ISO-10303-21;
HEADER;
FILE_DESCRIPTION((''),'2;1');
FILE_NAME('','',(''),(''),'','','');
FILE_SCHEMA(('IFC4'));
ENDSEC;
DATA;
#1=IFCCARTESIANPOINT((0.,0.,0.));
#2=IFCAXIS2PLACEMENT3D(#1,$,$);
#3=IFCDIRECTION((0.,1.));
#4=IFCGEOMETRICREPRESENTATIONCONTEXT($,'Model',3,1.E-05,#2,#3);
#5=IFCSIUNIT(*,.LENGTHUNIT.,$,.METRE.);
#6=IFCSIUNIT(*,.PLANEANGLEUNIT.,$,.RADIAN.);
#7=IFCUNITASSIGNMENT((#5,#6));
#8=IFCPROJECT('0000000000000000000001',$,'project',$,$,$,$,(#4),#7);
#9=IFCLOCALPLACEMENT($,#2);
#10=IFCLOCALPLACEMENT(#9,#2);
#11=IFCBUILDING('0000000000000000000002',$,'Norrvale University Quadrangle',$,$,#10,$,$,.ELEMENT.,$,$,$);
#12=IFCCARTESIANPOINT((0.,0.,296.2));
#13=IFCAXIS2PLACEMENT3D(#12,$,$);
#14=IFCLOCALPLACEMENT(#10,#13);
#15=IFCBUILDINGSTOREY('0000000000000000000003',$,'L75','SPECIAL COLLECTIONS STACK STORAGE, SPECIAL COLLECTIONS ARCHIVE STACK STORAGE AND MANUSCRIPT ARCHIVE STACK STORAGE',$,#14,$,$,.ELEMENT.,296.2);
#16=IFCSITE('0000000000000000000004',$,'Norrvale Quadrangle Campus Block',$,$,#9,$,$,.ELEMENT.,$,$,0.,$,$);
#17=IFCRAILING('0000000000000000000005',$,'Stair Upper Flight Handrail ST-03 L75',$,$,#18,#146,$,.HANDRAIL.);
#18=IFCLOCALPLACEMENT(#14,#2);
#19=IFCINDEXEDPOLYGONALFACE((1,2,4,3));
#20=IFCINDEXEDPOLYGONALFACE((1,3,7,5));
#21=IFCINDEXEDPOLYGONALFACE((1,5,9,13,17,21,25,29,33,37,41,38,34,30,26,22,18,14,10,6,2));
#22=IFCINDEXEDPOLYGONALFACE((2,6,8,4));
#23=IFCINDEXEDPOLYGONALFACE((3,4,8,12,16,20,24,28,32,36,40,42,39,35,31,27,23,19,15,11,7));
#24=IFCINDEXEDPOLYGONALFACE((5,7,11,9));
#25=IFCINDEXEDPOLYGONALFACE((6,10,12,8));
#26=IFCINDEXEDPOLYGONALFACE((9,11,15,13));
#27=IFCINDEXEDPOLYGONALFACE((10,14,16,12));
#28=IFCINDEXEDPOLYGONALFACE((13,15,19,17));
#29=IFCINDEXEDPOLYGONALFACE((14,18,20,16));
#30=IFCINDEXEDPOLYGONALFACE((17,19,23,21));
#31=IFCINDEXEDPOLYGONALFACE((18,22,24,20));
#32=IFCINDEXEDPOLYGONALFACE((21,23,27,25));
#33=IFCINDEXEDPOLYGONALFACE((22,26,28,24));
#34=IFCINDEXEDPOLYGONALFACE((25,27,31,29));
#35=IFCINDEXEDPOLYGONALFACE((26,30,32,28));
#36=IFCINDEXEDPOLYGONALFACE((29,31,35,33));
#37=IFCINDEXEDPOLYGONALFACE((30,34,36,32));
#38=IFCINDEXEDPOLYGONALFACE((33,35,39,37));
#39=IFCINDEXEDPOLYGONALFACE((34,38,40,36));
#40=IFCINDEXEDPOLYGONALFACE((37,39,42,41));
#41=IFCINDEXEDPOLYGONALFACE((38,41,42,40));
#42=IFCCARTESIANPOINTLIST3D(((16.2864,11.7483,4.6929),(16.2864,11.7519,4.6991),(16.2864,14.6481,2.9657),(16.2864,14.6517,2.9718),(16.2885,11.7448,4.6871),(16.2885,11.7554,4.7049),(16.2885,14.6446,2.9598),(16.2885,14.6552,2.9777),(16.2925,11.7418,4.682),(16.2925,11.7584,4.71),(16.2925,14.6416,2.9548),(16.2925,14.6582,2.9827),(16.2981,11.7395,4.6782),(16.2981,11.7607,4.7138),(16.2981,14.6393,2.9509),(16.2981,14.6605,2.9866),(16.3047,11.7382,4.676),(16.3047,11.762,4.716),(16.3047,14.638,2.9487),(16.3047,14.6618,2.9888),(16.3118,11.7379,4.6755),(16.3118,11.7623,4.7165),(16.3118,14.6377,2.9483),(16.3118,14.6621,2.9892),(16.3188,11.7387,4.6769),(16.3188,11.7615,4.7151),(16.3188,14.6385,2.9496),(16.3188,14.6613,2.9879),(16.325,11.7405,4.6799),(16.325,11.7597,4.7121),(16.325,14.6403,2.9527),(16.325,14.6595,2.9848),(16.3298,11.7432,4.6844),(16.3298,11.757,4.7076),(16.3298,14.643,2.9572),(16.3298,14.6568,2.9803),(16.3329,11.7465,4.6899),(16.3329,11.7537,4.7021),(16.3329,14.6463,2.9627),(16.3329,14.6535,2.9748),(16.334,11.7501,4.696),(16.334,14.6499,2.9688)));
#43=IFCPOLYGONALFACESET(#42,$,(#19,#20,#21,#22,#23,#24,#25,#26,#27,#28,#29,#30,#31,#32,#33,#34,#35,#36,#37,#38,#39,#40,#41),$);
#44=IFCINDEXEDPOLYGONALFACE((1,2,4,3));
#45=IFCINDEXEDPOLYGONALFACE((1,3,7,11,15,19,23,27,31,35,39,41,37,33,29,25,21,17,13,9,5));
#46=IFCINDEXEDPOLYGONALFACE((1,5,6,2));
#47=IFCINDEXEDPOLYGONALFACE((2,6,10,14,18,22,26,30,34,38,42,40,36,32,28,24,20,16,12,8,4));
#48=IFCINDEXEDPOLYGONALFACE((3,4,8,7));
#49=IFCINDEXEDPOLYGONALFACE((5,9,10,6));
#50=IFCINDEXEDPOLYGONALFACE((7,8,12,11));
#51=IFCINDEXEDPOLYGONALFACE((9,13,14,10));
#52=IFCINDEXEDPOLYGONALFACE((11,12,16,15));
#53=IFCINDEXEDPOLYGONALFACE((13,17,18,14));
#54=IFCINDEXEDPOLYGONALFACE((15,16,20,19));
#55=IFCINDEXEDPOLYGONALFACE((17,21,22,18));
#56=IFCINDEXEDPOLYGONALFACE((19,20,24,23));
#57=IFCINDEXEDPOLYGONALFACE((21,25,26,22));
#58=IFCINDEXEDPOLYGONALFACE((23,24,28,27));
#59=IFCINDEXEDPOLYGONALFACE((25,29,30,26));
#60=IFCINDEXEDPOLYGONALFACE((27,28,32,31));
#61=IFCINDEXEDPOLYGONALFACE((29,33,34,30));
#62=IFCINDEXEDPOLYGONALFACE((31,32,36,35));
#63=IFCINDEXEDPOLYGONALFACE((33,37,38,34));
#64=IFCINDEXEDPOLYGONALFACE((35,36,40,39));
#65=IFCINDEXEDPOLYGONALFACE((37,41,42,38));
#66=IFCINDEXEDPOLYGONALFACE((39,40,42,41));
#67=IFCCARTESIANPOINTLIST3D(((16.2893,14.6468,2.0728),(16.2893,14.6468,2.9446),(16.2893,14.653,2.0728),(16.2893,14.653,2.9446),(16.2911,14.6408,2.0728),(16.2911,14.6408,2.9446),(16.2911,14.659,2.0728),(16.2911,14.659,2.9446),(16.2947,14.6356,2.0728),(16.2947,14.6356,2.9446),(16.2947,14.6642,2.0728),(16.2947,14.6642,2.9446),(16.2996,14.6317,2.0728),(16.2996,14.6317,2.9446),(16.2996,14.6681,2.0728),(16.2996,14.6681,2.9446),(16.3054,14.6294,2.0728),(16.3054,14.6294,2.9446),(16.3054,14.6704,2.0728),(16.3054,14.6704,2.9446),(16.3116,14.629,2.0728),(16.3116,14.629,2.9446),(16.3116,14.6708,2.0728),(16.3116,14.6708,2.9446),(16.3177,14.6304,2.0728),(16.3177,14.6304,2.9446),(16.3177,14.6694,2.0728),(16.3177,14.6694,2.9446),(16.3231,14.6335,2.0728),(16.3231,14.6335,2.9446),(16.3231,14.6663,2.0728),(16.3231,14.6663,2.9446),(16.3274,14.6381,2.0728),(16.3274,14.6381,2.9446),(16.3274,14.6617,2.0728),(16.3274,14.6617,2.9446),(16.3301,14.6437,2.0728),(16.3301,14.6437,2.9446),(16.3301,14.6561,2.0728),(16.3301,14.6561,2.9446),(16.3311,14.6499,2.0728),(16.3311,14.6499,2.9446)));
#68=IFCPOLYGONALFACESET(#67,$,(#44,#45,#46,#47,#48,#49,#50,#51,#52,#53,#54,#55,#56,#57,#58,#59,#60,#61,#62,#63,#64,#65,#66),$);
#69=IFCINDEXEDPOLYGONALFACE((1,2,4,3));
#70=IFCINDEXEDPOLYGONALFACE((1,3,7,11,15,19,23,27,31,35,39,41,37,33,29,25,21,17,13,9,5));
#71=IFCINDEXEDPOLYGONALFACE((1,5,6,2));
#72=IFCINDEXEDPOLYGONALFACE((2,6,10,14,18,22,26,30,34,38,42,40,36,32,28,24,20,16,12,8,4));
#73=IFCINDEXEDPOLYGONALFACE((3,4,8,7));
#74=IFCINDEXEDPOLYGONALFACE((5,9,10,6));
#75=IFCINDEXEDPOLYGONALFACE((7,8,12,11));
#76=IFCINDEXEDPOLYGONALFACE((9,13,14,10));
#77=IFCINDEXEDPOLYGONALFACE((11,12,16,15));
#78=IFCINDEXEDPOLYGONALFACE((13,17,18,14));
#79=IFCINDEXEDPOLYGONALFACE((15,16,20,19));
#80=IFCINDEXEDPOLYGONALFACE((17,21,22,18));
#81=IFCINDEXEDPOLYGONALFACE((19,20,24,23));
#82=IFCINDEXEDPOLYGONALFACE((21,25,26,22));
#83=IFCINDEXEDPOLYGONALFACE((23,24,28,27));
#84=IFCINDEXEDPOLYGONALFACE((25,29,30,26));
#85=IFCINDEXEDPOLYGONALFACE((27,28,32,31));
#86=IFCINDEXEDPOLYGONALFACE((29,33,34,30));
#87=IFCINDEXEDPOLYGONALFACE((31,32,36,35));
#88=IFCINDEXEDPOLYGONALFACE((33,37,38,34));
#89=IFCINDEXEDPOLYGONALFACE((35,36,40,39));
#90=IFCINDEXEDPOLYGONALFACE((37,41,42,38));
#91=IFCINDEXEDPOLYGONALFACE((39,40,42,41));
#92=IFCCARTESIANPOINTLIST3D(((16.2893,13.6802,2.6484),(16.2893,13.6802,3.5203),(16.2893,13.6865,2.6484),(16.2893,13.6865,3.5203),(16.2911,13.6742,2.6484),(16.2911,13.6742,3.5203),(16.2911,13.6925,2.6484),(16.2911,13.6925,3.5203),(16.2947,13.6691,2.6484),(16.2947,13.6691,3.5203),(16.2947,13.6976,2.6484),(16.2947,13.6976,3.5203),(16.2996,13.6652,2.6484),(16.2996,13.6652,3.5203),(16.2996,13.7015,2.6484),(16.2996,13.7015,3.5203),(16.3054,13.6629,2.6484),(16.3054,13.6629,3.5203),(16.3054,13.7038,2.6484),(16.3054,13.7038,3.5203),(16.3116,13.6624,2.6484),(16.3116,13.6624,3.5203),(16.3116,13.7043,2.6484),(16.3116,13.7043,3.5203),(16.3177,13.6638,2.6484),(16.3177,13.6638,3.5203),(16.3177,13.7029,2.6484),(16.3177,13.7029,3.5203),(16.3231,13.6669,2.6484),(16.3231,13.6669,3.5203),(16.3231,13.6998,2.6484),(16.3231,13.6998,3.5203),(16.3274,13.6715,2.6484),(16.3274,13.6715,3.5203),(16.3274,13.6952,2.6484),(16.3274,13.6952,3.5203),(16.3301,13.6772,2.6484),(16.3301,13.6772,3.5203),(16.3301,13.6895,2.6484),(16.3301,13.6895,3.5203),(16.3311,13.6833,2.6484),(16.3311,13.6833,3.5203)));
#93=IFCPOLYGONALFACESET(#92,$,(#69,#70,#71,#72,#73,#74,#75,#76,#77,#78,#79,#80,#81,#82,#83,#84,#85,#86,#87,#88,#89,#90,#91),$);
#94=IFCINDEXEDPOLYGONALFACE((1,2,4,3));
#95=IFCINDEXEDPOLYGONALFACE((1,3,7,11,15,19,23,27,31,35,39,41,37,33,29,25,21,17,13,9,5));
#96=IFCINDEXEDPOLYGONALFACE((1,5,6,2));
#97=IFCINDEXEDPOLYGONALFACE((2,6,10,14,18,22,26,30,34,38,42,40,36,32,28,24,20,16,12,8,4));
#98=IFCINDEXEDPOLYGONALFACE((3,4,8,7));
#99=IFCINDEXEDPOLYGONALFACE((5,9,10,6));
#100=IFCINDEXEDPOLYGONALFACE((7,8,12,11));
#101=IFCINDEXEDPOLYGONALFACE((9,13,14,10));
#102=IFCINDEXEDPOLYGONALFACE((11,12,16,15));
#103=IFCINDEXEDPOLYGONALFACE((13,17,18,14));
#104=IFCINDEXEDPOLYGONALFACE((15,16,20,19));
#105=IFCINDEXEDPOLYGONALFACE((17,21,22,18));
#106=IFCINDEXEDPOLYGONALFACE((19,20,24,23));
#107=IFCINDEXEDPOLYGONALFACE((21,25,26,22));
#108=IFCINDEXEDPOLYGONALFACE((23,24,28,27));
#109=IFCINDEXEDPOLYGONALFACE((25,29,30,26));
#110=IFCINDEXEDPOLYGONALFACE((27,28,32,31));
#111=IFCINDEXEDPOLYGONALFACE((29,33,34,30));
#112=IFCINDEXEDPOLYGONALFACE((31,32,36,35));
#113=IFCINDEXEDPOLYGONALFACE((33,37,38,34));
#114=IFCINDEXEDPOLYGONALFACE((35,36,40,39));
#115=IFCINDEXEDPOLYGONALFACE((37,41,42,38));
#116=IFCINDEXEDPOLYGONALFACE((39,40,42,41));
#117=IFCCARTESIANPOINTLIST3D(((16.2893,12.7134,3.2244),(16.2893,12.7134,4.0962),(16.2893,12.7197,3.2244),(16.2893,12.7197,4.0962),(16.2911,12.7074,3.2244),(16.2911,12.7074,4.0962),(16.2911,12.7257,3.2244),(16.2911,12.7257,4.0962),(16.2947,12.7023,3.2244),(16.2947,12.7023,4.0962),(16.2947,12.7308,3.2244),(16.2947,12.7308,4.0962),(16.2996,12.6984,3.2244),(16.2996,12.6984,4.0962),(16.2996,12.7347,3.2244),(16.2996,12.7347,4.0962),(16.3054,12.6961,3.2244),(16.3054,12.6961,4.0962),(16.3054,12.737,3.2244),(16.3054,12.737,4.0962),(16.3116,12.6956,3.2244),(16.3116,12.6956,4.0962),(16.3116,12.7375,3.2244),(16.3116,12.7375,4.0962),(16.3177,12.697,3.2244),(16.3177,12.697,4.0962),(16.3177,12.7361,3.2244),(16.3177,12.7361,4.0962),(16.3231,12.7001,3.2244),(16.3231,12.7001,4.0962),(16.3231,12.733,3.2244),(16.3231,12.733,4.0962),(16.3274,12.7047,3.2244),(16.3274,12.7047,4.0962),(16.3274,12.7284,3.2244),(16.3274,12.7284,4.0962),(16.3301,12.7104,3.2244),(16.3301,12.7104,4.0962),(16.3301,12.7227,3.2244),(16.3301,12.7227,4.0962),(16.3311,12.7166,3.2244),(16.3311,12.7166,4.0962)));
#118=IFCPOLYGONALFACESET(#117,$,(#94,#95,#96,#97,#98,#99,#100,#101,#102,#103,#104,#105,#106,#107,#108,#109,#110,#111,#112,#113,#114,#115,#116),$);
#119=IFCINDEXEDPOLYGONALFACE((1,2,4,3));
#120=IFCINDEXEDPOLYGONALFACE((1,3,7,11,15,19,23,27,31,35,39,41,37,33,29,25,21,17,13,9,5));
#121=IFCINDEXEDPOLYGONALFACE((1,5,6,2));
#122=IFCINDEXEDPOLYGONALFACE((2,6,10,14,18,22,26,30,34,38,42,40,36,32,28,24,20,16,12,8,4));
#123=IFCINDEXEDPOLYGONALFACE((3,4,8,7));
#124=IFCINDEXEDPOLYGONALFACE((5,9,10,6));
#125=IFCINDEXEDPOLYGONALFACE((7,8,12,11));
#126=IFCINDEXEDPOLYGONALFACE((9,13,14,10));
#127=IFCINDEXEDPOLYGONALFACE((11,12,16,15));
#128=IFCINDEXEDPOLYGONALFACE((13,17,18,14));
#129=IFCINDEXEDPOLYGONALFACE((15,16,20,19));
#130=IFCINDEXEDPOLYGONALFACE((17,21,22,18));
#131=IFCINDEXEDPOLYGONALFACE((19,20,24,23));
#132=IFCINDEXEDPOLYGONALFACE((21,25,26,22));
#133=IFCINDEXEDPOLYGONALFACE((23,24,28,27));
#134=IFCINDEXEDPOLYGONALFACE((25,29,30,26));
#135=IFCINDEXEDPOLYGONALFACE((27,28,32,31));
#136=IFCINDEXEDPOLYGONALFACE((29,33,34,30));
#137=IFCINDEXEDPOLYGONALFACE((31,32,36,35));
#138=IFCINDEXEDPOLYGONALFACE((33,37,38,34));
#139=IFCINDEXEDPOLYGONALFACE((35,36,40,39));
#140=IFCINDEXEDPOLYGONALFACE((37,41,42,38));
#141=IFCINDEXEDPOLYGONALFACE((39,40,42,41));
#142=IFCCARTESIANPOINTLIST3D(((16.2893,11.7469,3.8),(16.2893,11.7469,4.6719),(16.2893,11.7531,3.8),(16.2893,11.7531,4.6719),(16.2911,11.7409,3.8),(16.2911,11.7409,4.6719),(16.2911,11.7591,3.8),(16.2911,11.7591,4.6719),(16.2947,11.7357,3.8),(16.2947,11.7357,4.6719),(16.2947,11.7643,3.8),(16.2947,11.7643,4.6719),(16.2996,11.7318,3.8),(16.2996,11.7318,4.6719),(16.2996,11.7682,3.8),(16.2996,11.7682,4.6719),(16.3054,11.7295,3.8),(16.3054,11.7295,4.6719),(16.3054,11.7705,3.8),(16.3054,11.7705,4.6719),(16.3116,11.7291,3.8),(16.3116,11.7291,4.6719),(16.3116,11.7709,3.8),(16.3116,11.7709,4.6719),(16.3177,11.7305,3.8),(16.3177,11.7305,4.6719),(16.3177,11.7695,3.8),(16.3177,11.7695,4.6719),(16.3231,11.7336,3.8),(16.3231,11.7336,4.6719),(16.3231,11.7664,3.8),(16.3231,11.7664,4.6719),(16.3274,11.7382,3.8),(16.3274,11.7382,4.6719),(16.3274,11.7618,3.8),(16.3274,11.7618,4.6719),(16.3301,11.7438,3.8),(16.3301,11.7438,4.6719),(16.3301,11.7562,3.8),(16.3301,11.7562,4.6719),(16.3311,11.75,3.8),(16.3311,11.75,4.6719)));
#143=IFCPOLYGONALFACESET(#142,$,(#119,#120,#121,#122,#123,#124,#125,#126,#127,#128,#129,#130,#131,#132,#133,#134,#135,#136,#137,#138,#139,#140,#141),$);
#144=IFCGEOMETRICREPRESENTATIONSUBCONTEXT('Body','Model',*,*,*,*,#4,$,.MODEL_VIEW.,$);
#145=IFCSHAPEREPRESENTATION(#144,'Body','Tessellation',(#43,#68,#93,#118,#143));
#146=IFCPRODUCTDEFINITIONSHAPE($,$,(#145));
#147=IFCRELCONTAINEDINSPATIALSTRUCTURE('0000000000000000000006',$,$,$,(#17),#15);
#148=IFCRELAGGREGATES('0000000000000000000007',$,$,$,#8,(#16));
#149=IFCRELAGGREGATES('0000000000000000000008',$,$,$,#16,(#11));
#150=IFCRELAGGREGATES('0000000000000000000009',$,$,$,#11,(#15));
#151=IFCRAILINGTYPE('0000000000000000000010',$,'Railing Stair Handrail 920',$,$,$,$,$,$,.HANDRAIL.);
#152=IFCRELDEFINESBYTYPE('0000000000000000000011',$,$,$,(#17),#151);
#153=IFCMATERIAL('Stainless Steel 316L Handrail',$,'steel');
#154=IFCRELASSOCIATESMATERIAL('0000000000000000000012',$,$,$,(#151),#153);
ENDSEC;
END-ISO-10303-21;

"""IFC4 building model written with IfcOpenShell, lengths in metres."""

from ifc_helpers import new_model, si_unit, direction, frame, origin, origin_2d, place, context, subcontext, project, spatial, circle, extrude, material, type_object, element, save


model = new_model("IFC4")

# Units and contexts
model_context = context("Model", 3, precision=1e-05, world=origin(), true_north=direction((0.0, 1.0)))
body_context = subcontext(model_context, "Body", "Model", "MODEL_VIEW")
ifc_project = project(units=[si_unit("LENGTHUNIT", "METRE"), si_unit("PLANEANGLEUNIT", "RADIAN")], contexts=[model_context])

# Site, building, storey
site_placement = place(None, origin())
site = spatial("IfcSite", under=ifc_project, at=site_placement, Name="Norrvale Quadrangle Campus Block", CompositionType="ELEMENT", RefElevation=0.0)
building_placement = place(site_placement, origin())
building = spatial("IfcBuilding", under=site, at=building_placement, Name="Norrvale University Quadrangle", CompositionType="ELEMENT")
storey_placement = place(building_placement, frame((0.0, 0.0, 296.2)))
storey = spatial("IfcBuildingStorey", under=building, at=storey_placement, Name="L75", Description="SPECIAL COLLECTIONS STACK STORAGE, SPECIAL COLLECTIONS ARCHIVE STACK STORAGE AND MANUSCRIPT ARCHIVE STACK STORAGE", CompositionType="ELEMENT", Elevation=296.2)

# Railing
ifc_material_1 = material(Name="Stainless Steel 316L Handrail", Category="steel")
railing_type_1 = type_object("IfcRailingType", Name="Railing Stair Handrail 920", PredefinedType="HANDRAIL", material=ifc_material_1)
railing_1_placement = place(storey_placement, frame((16.3101, 14.6499, 2.0728)))
element("IfcRailing", 1, at=railing_1_placement, inside=storey, type_object=railing_type_1, Name="Stair Upper Flight Handrail ST-03 L75", PredefinedType="HANDRAIL", context=body_context, shape_type="SweptSolid", body=[
    extrude(circle(Radius=0.0239, at=origin_2d()), frame((0.0, 0.0, 0.896), z_axis=(0.0, -0.859141, 0.511738), x_axis=(1.0, 0.0, 0.0)), (0.0, 0.0, 1.0), 3.3752),
    extrude(circle(Radius=0.021, at=origin_2d()), origin(), (0.0, 0.0, 1.0), 0.8718),
    extrude(circle(Radius=0.021, at=origin_2d()), frame((0.0, -0.9666, 0.5757)), (0.0, 0.0, 1.0), 0.8718),
    extrude(circle(Radius=0.021, at=origin_2d()), frame((0.0, -1.9333, 1.1516)), (0.0, 0.0, 1.0), 0.8718),
    extrude(circle(Radius=0.021, at=origin_2d()), frame((0.0, -2.8999, 1.7273)), (0.0, 0.0, 1.0), 0.8718),
])

save(model, "model.ifc")
